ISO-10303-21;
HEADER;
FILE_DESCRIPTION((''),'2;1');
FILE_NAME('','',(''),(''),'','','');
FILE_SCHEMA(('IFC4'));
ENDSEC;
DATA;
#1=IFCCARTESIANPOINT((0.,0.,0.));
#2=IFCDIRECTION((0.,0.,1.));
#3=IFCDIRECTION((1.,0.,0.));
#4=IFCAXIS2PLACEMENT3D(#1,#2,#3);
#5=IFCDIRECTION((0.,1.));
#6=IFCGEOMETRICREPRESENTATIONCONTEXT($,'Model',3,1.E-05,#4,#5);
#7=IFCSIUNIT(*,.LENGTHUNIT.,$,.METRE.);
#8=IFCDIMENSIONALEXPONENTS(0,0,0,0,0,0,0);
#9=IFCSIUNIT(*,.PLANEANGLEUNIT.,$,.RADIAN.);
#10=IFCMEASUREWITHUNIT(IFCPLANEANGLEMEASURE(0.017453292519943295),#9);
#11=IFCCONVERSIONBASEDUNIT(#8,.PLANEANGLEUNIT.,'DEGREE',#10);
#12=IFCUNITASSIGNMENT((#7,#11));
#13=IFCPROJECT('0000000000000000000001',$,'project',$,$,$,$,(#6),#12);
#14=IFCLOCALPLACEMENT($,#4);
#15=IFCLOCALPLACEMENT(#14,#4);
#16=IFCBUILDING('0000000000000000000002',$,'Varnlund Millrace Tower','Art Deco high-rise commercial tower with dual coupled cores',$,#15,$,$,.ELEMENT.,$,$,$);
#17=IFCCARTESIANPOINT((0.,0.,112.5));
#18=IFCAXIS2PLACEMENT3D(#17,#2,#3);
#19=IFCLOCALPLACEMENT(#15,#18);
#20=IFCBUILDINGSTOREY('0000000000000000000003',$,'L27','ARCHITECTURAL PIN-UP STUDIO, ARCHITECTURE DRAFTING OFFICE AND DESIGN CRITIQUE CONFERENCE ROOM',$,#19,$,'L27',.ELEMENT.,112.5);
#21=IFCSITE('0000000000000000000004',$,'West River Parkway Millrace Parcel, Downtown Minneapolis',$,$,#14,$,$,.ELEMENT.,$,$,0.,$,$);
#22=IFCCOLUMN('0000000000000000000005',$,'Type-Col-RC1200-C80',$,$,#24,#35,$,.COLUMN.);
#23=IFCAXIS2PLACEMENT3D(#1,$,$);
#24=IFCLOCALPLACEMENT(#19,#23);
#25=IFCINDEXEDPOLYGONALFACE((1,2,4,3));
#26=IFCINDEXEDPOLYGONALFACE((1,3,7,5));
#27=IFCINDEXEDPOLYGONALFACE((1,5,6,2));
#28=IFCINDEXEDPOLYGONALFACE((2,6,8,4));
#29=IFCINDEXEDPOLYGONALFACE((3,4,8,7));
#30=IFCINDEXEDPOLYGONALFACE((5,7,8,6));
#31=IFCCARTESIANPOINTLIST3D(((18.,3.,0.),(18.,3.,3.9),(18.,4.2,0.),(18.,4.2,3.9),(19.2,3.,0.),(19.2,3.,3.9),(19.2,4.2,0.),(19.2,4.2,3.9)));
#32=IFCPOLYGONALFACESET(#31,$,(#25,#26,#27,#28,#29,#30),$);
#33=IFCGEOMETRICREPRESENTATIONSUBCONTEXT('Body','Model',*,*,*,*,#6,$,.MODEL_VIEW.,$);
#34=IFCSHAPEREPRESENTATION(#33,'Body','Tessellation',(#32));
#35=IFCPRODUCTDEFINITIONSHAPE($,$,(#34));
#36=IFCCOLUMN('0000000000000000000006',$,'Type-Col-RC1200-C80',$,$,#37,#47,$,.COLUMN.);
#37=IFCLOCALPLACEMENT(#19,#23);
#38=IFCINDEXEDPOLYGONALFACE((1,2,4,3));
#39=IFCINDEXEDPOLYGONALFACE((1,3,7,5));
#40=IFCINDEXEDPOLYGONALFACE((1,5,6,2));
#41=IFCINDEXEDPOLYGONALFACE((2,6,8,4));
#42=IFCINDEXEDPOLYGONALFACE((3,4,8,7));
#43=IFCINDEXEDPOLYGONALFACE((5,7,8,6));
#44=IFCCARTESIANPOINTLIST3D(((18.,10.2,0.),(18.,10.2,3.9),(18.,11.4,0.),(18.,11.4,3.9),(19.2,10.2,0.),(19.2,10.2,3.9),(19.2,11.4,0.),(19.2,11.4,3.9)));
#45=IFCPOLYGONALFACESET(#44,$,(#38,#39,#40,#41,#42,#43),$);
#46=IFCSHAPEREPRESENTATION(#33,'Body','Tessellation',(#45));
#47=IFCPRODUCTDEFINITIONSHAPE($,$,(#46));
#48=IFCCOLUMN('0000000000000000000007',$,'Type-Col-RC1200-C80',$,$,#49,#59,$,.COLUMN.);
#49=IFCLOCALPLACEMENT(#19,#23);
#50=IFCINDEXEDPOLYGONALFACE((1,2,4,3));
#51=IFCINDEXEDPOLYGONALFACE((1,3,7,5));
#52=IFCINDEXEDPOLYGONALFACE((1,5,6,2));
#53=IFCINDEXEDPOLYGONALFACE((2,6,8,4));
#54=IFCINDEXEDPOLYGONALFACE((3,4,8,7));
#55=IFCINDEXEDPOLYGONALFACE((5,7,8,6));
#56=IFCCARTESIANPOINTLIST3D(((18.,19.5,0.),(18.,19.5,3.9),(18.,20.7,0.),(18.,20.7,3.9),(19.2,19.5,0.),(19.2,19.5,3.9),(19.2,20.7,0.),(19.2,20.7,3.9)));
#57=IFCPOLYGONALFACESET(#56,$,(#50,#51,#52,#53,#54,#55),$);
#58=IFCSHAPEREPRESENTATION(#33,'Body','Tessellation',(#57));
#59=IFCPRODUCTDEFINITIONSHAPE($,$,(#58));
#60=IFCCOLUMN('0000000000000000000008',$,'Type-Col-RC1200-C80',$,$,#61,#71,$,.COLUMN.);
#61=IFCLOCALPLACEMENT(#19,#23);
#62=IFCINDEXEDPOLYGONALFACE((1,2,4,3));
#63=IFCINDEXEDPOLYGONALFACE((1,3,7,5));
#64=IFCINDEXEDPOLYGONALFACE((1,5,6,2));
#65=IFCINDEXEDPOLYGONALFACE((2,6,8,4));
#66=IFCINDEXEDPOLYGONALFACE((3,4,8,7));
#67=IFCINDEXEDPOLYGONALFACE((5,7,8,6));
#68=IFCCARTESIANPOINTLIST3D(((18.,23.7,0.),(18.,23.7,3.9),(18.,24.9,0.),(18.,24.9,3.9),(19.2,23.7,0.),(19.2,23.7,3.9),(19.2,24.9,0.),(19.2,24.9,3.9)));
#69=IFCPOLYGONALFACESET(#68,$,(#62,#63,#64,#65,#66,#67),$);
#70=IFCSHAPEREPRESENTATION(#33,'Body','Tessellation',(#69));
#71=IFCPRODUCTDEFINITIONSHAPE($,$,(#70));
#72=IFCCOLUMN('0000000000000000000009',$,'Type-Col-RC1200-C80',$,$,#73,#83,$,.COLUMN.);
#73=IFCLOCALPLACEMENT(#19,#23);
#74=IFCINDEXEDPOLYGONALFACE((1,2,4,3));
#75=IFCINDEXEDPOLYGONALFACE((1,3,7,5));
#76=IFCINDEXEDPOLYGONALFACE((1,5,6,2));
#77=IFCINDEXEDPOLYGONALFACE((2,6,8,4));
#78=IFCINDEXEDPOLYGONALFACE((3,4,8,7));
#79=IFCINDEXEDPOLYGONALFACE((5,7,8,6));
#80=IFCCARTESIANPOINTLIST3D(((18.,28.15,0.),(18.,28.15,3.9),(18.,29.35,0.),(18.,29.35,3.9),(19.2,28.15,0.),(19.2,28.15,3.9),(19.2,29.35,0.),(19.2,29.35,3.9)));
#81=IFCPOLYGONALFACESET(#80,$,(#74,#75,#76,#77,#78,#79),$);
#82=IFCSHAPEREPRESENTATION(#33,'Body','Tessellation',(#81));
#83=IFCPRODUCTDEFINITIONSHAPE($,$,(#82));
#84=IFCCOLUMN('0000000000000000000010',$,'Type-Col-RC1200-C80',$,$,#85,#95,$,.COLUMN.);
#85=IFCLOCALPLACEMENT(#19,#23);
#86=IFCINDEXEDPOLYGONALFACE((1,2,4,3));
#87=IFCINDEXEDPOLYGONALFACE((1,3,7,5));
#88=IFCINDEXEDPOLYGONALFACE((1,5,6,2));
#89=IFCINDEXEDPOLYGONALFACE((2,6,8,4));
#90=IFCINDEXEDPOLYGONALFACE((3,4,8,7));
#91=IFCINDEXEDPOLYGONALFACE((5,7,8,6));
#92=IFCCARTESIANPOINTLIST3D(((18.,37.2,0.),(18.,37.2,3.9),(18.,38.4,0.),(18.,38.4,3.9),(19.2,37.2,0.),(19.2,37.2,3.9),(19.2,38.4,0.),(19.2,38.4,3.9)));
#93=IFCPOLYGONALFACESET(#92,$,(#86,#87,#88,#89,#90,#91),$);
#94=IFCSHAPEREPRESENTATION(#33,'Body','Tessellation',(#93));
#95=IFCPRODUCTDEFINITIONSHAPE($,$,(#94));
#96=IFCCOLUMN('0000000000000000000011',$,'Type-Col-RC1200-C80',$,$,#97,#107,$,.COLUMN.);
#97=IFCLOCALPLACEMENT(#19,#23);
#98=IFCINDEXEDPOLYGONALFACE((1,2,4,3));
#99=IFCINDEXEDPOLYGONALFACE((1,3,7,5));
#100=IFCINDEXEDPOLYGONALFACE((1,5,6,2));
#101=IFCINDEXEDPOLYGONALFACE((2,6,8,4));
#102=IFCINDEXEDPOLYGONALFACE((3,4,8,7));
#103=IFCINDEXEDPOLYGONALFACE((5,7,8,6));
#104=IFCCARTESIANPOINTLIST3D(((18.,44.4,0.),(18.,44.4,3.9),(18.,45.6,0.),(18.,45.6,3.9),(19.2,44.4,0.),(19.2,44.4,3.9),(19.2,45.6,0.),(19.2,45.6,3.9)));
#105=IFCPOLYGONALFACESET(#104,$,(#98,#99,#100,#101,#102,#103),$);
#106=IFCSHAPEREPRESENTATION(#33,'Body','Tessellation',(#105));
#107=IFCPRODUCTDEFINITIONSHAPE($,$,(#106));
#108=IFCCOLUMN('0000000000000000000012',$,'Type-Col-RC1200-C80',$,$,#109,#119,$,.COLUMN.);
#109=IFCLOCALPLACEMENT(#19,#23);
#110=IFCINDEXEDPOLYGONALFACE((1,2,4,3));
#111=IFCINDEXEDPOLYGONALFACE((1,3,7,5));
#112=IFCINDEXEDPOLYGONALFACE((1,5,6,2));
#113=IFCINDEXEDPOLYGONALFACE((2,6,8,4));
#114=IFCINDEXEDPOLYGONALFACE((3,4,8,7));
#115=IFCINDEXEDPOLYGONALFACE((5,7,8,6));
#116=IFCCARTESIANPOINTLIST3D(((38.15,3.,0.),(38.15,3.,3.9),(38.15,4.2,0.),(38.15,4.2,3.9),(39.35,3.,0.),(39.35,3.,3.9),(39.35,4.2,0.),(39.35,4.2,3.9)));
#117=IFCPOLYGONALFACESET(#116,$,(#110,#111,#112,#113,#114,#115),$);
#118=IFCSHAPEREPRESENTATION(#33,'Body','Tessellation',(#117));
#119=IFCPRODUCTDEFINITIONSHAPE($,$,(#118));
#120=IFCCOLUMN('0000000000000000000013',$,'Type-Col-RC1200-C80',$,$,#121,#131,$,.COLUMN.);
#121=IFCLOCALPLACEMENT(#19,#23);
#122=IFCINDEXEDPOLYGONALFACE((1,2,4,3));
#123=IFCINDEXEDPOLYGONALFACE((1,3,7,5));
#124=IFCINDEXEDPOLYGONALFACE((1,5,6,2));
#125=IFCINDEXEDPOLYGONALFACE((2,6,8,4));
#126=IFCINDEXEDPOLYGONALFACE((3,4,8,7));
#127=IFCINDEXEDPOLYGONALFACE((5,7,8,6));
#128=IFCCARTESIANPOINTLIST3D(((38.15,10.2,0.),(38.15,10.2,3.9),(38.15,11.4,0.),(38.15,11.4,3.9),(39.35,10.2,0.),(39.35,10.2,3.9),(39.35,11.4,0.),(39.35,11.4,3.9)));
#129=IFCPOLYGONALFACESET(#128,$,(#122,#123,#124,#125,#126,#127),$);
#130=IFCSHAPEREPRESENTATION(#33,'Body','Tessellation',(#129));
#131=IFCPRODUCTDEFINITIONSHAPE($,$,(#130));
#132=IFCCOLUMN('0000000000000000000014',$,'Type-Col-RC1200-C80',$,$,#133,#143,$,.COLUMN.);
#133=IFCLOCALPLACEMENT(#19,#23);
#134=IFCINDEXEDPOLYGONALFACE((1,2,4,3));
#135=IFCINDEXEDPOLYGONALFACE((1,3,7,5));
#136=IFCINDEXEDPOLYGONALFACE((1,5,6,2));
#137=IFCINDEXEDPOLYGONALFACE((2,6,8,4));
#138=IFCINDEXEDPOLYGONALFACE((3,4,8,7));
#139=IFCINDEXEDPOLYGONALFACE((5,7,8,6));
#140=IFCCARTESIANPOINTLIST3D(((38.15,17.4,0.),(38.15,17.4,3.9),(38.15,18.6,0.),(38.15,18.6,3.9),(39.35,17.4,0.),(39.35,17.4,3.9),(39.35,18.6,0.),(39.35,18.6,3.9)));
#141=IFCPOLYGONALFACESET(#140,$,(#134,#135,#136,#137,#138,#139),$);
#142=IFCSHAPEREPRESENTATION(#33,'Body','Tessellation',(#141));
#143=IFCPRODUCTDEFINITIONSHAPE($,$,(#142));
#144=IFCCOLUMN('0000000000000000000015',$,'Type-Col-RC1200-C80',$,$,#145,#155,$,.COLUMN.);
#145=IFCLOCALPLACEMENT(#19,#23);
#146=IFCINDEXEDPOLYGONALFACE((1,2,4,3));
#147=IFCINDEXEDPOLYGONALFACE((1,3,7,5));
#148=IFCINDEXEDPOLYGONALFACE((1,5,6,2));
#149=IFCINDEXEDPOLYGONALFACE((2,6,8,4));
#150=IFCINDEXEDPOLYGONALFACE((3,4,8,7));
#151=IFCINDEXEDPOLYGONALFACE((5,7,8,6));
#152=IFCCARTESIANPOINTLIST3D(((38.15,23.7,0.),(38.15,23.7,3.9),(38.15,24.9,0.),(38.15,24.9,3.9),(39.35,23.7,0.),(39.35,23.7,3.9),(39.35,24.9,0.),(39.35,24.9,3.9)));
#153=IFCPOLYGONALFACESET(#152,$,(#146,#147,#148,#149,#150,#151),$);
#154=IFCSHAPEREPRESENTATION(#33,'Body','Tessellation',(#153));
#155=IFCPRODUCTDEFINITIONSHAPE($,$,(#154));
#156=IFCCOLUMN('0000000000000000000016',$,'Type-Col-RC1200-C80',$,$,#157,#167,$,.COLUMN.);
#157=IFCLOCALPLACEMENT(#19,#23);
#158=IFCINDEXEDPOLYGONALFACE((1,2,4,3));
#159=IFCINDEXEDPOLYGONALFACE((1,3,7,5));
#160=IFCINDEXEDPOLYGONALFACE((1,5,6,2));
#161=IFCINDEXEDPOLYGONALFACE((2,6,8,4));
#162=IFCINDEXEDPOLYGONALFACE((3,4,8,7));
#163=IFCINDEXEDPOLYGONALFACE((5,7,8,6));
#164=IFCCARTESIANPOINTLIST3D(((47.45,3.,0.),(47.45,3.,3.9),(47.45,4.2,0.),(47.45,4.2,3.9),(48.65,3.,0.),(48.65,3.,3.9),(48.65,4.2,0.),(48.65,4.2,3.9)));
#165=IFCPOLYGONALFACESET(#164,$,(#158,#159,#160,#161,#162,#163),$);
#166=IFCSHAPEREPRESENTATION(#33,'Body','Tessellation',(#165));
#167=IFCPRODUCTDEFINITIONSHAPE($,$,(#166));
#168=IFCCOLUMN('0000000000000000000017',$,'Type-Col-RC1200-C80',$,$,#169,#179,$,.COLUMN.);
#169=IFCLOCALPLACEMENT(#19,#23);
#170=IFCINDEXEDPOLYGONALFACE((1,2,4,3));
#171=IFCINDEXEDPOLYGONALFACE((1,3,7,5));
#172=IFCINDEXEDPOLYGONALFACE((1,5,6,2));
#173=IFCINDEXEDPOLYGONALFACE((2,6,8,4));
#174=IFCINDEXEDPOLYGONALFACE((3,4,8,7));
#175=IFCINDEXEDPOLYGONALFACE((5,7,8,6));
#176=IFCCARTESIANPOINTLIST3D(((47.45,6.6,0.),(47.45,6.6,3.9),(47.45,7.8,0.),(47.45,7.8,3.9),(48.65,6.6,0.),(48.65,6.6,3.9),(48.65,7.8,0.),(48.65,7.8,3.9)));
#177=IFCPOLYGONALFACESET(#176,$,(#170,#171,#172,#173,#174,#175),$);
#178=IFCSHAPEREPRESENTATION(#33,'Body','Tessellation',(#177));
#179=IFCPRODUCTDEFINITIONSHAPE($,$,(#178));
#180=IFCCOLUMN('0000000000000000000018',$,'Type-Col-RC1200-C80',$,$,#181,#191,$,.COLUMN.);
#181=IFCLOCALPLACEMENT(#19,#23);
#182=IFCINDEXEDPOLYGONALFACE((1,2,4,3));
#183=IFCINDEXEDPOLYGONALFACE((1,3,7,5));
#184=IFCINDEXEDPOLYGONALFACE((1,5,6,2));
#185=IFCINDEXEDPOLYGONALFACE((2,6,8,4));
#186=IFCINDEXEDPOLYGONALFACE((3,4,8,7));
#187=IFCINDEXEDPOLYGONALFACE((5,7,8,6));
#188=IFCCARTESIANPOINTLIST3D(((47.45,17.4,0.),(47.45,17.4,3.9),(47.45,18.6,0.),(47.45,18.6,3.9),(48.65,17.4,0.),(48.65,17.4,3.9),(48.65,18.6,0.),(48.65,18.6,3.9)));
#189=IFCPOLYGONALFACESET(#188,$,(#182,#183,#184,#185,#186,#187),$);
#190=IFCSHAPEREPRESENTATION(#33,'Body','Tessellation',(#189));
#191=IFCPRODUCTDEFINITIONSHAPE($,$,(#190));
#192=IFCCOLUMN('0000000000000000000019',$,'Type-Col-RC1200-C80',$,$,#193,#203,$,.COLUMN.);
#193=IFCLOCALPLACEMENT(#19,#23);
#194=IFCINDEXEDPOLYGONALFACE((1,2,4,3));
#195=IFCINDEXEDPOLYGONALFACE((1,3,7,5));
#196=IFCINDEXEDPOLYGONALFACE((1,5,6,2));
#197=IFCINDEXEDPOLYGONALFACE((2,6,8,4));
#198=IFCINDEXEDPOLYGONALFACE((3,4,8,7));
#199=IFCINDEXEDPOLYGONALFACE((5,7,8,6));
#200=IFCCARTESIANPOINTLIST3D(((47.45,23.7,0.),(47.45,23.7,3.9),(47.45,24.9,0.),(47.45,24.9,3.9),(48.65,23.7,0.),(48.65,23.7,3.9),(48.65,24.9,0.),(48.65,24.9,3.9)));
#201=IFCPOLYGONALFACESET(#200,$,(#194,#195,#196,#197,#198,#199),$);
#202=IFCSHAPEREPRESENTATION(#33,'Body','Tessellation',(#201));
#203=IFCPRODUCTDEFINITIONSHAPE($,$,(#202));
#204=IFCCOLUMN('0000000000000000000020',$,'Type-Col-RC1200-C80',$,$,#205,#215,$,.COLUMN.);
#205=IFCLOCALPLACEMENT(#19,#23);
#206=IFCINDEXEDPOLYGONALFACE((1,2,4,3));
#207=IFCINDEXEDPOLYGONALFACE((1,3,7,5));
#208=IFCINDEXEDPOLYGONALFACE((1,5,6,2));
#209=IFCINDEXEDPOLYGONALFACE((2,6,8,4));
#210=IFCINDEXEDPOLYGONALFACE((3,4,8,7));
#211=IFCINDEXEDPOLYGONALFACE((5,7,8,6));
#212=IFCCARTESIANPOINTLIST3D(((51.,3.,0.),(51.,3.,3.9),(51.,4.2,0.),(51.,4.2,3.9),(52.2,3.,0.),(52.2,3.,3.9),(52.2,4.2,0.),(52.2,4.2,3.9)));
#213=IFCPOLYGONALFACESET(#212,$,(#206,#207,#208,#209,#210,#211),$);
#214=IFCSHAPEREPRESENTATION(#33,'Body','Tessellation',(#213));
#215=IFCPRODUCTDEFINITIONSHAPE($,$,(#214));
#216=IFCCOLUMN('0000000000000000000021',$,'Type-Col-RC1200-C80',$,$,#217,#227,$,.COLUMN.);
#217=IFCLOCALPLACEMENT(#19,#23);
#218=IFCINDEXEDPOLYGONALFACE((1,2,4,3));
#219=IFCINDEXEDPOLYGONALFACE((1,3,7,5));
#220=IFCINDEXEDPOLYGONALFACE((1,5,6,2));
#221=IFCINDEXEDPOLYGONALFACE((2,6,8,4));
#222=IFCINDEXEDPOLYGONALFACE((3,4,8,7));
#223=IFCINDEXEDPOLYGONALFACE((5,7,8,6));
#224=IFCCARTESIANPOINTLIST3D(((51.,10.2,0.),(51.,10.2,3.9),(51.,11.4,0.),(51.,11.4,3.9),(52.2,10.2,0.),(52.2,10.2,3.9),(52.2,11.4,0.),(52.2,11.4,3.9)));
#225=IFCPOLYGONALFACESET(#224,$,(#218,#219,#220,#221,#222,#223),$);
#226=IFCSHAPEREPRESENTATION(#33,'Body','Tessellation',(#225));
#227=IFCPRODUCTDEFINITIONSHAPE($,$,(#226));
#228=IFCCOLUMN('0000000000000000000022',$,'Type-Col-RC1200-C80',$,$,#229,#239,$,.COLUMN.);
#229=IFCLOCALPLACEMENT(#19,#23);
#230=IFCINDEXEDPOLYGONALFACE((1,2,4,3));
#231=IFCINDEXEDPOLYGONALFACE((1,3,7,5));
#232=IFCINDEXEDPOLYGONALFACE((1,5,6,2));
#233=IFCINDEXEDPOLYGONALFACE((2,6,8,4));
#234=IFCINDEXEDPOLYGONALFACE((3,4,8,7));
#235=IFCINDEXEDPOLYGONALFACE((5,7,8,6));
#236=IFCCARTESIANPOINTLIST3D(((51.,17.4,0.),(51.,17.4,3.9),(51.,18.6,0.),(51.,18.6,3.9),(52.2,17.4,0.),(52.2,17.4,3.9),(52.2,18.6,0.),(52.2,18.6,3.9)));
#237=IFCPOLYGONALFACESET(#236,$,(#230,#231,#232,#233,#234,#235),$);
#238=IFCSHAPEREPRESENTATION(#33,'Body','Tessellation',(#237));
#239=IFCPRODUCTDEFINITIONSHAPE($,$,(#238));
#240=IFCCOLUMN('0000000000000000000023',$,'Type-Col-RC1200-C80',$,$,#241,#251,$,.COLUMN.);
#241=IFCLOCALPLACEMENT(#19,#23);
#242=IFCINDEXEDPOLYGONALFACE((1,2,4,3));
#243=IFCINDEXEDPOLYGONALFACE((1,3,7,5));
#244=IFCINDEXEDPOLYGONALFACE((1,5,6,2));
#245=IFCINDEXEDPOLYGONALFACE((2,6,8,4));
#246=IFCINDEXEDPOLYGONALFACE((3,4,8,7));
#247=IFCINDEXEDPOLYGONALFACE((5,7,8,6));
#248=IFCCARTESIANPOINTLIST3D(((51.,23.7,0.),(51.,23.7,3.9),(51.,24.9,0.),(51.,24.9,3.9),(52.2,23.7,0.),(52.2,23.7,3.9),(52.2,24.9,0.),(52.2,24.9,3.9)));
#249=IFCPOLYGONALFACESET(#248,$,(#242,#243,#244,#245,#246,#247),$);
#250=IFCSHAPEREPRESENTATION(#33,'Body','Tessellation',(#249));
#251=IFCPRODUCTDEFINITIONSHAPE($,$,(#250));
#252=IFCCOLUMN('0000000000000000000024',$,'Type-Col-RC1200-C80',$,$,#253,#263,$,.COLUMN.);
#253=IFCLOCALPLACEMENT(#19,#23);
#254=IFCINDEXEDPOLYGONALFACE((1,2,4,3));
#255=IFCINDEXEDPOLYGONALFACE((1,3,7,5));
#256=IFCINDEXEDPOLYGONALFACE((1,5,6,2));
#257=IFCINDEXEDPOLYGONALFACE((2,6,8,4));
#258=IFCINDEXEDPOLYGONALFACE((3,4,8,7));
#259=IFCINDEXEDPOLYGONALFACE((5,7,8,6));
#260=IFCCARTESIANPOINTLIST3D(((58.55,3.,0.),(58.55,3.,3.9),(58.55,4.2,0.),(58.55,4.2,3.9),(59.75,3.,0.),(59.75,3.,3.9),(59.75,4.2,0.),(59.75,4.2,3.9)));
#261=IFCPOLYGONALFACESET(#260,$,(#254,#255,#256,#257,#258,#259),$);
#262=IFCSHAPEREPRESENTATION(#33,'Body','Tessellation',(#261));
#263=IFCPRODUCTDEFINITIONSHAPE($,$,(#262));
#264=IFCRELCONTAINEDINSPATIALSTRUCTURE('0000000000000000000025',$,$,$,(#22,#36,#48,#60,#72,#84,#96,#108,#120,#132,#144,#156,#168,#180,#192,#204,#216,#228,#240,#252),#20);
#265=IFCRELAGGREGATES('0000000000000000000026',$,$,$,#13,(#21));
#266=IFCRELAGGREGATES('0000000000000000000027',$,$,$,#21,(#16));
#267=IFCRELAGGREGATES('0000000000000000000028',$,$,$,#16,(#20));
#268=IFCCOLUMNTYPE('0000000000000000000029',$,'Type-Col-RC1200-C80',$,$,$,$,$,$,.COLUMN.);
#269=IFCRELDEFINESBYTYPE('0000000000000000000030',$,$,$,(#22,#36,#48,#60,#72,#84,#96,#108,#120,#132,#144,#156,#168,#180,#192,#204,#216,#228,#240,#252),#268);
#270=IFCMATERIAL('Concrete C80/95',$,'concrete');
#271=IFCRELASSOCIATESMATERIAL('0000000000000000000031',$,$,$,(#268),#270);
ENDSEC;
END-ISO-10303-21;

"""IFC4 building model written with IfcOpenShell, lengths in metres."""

from ifc_helpers import new_model, entity, si_unit, converted_unit, direction, frame, origin_with_axes, origin_2d_with_axis, place, context, subcontext, project, spatial, rectangle, extrude, material, material_profile, profile_set, type_object, element, save


model = new_model("IFC4")

# Units and contexts
model_context = context("Model", 3, precision=1e-05, world=origin_with_axes(), true_north=direction((0.0, 1.0)))
body_context = subcontext(model_context, "Body", "Model", "MODEL_VIEW")
ifc_project = project(units=[si_unit("LENGTHUNIT", "METRE"), converted_unit("PLANEANGLEUNIT", "DEGREE", entity("IfcPlaneAngleMeasure", 0.017453292519943295), si_unit("PLANEANGLEUNIT", "RADIAN"), dimensions=[0, 0, 0, 0, 0, 0, 0])], contexts=[model_context])

# Site, building, storey
site_placement = place(None, origin_with_axes())
site = spatial("IfcSite", under=ifc_project, at=site_placement, Name="West River Parkway Millrace Parcel, Downtown Minneapolis", CompositionType="ELEMENT", RefElevation=0.0)
building_placement = place(site_placement, origin_with_axes())
building = spatial("IfcBuilding", under=site, at=building_placement, Name="Varnlund Millrace Tower", Description="Art Deco high-rise commercial tower with dual coupled cores", CompositionType="ELEMENT")
storey_placement = place(building_placement, frame((0.0, 0.0, 112.5), z_axis=(0.0, 0.0, 1.0), x_axis=(1.0, 0.0, 0.0)))
storey = spatial("IfcBuildingStorey", under=building, at=storey_placement, Name="L27", Description="ARCHITECTURAL PIN-UP STUDIO, ARCHITECTURE DRAFTING OFFICE AND DESIGN CRITIQUE CONFERENCE ROOM", LongName="L27", CompositionType="ELEMENT", Elevation=112.5)

# Columns
ifc_material_1 = material(Name="Concrete C80/95", Category="concrete")
ifc_material_profile = material_profile(ifc_material_1, rectangle(XDim=1.2, YDim=1.2, at=origin_2d_with_axis()), Name="Concrete C80/95")
ifc_profile_set = profile_set([ifc_material_profile], Name="Concrete C80/95")
column_type = type_object("IfcColumnType", Name="Type-Col-RC1200-C80", PredefinedType="COLUMN", material=ifc_profile_set)
for number, where, z_axis, x_axis, name in (
    (1, (18.6, 3.6, 0.0), (0.0, 0.0, 1.0), (1.0, 0.0, 0.0), "Type-Col-RC1200-C80"),
    (2, (18.6, 10.8, 0.0), (0.0, 0.0, 1.0), (1.0, 0.0, 0.0), "Type-Col-RC1200-C80"),
    (3, (18.6, 20.1, 0.0), (0.0, 0.0, 1.0), (1.0, 0.0, 0.0), "Type-Col-RC1200-C80"),
    (4, (18.6, 24.3, 0.0), (0.0, 0.0, 1.0), (1.0, 0.0, 0.0), "Type-Col-RC1200-C80"),
    (5, (18.6, 28.75, 0.0), (0.0, 0.0, 1.0), (1.0, 0.0, 0.0), "Type-Col-RC1200-C80"),
    (6, (18.6, 37.8, 0.0), (0.0, 0.0, 1.0), (1.0, 0.0, 0.0), "Type-Col-RC1200-C80"),
    (7, (18.6, 45.0, 0.0), (0.0, 0.0, 1.0), (1.0, 0.0, 0.0), "Type-Col-RC1200-C80"),
    (8, (38.75, 3.6, 0.0), (0.0, 0.0, 1.0), (1.0, 0.0, 0.0), "Type-Col-RC1200-C80"),
    (9, (38.75, 10.8, 0.0), (0.0, 0.0, 1.0), (1.0, 0.0, 0.0), "Type-Col-RC1200-C80"),
    (10, (38.75, 18.0, 0.0), (0.0, 0.0, 1.0), (1.0, 0.0, 0.0), "Type-Col-RC1200-C80"),
    (11, (38.75, 24.3, 0.0), (0.0, 0.0, 1.0), (1.0, 0.0, 0.0), "Type-Col-RC1200-C80"),
    (12, (48.05, 3.6, 0.0), (0.0, 0.0, 1.0), (1.0, 0.0, 0.0), "Type-Col-RC1200-C80"),
    (13, (48.05, 7.2, 0.0), (0.0, 0.0, 1.0), (1.0, 0.0, 0.0), "Type-Col-RC1200-C80"),
    (14, (48.05, 18.0, 0.0), (0.0, 0.0, 1.0), (1.0, 0.0, 0.0), "Type-Col-RC1200-C80"),
    (15, (48.05, 24.3, 0.0), (0.0, 0.0, 1.0), (1.0, 0.0, 0.0), "Type-Col-RC1200-C80"),
    (16, (51.6, 3.6, 0.0), (0.0, 0.0, 1.0), (1.0, 0.0, 0.0), "Type-Col-RC1200-C80"),
    (17, (51.6, 10.8, 0.0), (0.0, 0.0, 1.0), (1.0, 0.0, 0.0), "Type-Col-RC1200-C80"),
    (18, (51.6, 18.0, 0.0), (0.0, 0.0, 1.0), (1.0, 0.0, 0.0), "Type-Col-RC1200-C80"),
    (19, (51.6, 24.3, 0.0), (0.0, 0.0, 1.0), (1.0, 0.0, 0.0), "Type-Col-RC1200-C80"),
    (20, (59.15, 3.6, 0.0), (0.0, 0.0, 1.0), (1.0, 0.0, 0.0), "Type-Col-RC1200-C80"),
):
    element("IfcColumn", number, at=place(storey_placement, frame(where, z_axis=z_axis, x_axis=x_axis)), inside=storey, type_object=column_type, Name=name, PredefinedType="COLUMN", context=body_context, shape_type="SweptSolid", body=[
        extrude(rectangle(XDim=1.2, YDim=1.2, at=origin_2d_with_axis()), origin_with_axes(), (0.0, 0.0, 1.0), 3.9),
    ])

save(model, "model.ifc")
